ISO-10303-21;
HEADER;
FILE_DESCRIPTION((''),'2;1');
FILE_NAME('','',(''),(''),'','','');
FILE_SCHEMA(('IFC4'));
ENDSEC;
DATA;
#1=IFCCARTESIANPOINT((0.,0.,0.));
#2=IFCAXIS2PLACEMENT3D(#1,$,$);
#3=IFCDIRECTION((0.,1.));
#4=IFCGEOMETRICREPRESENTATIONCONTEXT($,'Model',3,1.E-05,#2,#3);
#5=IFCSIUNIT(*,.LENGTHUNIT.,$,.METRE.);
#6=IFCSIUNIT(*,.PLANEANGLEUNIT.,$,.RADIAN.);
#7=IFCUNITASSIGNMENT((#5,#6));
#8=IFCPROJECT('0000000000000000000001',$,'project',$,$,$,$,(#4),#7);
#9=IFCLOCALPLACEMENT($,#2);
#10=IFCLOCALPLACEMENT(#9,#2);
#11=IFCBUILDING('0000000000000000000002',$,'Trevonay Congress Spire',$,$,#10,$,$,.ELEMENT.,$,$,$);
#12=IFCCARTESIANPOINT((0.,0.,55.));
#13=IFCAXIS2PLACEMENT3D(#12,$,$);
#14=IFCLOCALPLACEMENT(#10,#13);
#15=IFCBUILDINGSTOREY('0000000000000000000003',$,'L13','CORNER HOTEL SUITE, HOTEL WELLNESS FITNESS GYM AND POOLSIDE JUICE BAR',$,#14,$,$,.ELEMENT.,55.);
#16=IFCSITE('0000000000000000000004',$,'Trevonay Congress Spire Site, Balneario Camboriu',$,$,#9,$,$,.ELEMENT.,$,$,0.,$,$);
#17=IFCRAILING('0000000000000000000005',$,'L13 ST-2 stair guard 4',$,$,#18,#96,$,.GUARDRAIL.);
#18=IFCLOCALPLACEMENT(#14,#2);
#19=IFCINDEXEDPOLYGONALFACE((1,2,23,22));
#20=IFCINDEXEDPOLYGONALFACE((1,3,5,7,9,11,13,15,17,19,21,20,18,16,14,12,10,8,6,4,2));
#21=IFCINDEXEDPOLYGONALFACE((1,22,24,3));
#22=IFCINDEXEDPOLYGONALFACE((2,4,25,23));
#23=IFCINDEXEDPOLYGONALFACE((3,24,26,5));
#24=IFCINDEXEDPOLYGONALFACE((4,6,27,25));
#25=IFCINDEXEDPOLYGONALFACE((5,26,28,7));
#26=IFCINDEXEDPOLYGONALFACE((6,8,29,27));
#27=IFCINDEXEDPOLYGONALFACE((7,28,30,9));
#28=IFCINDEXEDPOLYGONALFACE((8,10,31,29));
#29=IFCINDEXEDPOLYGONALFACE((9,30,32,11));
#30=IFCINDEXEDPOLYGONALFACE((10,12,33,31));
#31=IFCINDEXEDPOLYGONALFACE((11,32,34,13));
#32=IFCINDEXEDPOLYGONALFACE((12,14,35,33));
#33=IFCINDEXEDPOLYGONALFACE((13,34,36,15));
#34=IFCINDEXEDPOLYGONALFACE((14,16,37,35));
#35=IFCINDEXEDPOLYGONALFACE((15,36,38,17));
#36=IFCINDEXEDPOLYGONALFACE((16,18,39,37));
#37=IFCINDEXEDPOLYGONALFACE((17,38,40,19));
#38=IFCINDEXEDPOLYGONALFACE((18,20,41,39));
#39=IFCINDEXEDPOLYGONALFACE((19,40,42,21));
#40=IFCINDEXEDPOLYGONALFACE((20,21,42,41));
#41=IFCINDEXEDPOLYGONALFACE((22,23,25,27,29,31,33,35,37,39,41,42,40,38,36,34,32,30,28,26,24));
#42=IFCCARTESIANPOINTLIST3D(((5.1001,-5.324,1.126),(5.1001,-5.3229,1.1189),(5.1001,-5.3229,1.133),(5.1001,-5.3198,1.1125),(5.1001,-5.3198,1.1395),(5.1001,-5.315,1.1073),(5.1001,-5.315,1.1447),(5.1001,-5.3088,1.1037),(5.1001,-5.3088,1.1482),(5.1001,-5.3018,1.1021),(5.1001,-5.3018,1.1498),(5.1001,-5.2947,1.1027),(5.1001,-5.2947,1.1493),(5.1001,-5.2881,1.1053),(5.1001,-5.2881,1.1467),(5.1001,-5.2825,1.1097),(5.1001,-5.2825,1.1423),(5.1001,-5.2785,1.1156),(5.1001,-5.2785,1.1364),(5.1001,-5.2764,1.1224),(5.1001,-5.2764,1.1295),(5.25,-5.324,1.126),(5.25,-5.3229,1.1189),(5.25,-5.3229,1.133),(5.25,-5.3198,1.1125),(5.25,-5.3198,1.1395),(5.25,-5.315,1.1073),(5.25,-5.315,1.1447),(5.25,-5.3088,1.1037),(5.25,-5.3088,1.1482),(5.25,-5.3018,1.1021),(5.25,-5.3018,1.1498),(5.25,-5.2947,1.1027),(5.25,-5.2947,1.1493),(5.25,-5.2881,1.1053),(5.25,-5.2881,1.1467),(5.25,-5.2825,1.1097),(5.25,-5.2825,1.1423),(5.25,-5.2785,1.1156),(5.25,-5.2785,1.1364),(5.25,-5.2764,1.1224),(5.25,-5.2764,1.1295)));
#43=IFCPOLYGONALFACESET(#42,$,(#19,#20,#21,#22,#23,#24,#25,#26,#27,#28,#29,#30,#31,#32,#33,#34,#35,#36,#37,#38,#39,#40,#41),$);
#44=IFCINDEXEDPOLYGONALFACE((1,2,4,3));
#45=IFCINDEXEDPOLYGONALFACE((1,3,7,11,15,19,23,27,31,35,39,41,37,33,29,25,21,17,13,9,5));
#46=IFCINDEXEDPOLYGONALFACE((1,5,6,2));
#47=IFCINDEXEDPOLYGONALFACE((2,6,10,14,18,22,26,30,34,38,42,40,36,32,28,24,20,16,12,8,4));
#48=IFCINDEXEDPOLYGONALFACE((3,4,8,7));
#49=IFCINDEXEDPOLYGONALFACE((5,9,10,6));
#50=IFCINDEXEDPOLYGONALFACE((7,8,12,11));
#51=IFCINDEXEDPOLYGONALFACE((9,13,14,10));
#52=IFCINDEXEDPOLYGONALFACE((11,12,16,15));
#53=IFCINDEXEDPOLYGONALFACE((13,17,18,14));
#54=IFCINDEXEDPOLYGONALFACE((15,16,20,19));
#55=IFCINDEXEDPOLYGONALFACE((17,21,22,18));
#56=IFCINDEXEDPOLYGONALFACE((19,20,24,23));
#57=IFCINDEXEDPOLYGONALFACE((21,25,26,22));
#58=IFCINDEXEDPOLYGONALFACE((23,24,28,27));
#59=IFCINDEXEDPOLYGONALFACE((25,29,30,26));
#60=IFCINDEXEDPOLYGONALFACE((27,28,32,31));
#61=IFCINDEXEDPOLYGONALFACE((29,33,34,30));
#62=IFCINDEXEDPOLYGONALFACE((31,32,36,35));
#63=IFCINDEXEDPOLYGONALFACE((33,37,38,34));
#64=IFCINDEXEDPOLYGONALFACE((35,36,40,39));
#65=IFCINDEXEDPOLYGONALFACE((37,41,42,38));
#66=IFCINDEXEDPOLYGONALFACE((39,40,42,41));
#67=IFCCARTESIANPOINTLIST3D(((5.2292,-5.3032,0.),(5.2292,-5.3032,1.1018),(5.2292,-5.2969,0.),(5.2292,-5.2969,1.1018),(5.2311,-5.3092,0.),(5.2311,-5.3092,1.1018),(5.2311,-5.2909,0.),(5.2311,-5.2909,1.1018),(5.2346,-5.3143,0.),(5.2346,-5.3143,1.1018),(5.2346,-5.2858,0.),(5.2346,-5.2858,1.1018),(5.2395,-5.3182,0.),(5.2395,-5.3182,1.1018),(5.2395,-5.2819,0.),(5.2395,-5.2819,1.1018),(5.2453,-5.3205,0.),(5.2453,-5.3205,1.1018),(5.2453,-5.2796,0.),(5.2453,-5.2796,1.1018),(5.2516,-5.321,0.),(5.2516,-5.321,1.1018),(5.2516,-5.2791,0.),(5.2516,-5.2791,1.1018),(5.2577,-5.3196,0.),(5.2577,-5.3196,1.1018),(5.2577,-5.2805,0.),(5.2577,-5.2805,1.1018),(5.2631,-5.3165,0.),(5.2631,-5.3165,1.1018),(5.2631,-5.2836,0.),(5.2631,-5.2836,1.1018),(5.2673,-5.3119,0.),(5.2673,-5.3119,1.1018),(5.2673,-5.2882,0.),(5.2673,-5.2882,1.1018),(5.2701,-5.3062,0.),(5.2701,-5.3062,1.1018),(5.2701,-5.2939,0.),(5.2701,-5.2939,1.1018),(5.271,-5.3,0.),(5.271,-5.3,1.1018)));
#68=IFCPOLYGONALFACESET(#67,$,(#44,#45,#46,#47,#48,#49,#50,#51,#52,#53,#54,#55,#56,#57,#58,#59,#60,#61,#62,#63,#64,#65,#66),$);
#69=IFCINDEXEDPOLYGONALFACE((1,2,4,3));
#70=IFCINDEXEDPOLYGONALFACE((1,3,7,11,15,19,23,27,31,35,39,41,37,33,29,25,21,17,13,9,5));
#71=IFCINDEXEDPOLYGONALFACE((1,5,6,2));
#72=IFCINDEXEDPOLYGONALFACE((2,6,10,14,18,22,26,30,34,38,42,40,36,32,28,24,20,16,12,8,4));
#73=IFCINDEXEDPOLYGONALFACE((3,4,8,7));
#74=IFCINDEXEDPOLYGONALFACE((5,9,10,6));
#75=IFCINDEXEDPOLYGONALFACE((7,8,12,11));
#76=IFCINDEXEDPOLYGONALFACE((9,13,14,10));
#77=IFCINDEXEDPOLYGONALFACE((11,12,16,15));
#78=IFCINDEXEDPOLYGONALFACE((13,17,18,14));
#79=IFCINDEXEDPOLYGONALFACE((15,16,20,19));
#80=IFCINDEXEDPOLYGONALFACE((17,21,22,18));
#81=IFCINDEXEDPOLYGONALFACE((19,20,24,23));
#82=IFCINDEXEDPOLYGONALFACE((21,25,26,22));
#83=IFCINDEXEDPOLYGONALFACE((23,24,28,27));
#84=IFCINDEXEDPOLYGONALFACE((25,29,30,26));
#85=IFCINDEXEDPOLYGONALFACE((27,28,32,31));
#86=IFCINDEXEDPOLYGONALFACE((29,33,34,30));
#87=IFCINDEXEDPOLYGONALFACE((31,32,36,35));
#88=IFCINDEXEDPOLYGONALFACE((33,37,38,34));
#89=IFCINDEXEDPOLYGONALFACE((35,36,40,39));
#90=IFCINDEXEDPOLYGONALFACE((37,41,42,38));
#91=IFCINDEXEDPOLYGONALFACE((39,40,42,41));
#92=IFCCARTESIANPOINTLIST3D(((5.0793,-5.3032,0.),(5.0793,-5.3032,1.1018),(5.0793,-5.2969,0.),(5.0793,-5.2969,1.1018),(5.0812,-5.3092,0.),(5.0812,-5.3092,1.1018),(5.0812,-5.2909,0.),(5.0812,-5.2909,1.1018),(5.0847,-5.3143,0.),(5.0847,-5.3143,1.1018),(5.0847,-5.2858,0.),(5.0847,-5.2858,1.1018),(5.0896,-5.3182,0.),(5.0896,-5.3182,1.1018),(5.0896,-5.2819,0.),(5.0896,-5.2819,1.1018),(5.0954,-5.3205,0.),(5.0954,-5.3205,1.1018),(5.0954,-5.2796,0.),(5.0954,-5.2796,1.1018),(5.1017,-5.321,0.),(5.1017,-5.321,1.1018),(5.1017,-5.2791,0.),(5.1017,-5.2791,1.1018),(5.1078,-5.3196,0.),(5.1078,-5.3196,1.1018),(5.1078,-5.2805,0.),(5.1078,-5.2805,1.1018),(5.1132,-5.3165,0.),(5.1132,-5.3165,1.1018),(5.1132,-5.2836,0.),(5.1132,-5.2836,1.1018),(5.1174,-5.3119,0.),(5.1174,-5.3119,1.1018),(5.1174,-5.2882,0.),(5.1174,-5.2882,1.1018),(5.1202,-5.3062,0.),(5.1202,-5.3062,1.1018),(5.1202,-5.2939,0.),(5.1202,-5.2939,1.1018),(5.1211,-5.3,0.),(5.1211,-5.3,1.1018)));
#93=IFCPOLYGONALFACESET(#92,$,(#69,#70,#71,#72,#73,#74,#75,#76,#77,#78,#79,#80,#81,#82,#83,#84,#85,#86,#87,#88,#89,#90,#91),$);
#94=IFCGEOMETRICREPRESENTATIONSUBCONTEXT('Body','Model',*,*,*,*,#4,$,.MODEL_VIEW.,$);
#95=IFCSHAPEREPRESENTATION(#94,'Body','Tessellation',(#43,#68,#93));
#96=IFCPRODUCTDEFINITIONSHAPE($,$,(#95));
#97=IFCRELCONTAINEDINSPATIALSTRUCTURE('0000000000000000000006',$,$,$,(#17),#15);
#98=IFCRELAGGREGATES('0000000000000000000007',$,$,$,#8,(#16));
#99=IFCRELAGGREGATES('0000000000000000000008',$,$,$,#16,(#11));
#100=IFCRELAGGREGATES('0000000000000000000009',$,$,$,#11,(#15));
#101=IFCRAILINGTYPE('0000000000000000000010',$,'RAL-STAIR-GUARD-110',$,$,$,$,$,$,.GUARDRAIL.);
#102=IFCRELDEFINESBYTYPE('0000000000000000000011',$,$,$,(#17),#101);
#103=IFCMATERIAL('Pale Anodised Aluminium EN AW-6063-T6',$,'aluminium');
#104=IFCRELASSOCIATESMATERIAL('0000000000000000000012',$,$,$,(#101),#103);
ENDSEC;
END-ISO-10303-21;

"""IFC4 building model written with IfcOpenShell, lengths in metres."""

from ifc_helpers import new_model, si_unit, direction, frame, origin, origin_2d, place, context, subcontext, project, spatial, circle, extrude, material, type_object, element, save


model = new_model("IFC4")

# Units and contexts
model_context = context("Model", 3, precision=1e-05, world=origin(), true_north=direction((0.0, 1.0)))
body_context = subcontext(model_context, "Body", "Model", "MODEL_VIEW")
ifc_project = project(units=[si_unit("LENGTHUNIT", "METRE"), si_unit("PLANEANGLEUNIT", "RADIAN")], contexts=[model_context])

# Site, building, storey
site_placement = place(None, origin())
site = spatial("IfcSite", under=ifc_project, at=site_placement, Name="Trevonay Congress Spire Site, Balneario Camboriu", CompositionType="ELEMENT", RefElevation=0.0)
building_placement = place(site_placement, origin())
building = spatial("IfcBuilding", under=site, at=building_placement, Name="Trevonay Congress Spire", CompositionType="ELEMENT")
storey_placement = place(building_placement, frame((0.0, 0.0, 55.0)))
storey = spatial("IfcBuildingStorey", under=building, at=storey_placement, Name="L13", Description="CORNER HOTEL SUITE, HOTEL WELLNESS FITNESS GYM AND POOLSIDE JUICE BAR", CompositionType="ELEMENT", Elevation=55.0)

# Railing
ifc_material_1 = material(Name="Pale Anodised Aluminium EN AW-6063-T6", Category="aluminium")
railing_type_1 = type_object("IfcRailingType", Name="RAL-STAIR-GUARD-110", PredefinedType="GUARDRAIL", material=ifc_material_1)
railing_1_placement = place(storey_placement, frame((5.25, -5.3, 0.0)))
element("IfcRailing", 1, at=railing_1_placement, inside=storey, type_object=railing_type_1, Name="L13 ST-2 stair guard 4", PredefinedType="GUARDRAIL", context=body_context, shape_type="SweptSolid", body=[
    extrude(circle(Radius=0.0239, at=origin_2d()), frame((0.0, 0.0, 1.126), z_axis=(-1.0, 0.0, 0.0), x_axis=(0.0, -1.0, 0.0)), (0.0, 0.0, 1.0), 0.1499),
    extrude(circle(Radius=0.021, at=origin_2d()), origin(), (0.0, 0.0, 1.0), 1.1018),
    extrude(circle(Radius=0.021, at=origin_2d()), frame((-0.1499, 0.0, 0.0)), (0.0, 0.0, 1.0), 1.1018),
])

save(model, "model.ifc")
